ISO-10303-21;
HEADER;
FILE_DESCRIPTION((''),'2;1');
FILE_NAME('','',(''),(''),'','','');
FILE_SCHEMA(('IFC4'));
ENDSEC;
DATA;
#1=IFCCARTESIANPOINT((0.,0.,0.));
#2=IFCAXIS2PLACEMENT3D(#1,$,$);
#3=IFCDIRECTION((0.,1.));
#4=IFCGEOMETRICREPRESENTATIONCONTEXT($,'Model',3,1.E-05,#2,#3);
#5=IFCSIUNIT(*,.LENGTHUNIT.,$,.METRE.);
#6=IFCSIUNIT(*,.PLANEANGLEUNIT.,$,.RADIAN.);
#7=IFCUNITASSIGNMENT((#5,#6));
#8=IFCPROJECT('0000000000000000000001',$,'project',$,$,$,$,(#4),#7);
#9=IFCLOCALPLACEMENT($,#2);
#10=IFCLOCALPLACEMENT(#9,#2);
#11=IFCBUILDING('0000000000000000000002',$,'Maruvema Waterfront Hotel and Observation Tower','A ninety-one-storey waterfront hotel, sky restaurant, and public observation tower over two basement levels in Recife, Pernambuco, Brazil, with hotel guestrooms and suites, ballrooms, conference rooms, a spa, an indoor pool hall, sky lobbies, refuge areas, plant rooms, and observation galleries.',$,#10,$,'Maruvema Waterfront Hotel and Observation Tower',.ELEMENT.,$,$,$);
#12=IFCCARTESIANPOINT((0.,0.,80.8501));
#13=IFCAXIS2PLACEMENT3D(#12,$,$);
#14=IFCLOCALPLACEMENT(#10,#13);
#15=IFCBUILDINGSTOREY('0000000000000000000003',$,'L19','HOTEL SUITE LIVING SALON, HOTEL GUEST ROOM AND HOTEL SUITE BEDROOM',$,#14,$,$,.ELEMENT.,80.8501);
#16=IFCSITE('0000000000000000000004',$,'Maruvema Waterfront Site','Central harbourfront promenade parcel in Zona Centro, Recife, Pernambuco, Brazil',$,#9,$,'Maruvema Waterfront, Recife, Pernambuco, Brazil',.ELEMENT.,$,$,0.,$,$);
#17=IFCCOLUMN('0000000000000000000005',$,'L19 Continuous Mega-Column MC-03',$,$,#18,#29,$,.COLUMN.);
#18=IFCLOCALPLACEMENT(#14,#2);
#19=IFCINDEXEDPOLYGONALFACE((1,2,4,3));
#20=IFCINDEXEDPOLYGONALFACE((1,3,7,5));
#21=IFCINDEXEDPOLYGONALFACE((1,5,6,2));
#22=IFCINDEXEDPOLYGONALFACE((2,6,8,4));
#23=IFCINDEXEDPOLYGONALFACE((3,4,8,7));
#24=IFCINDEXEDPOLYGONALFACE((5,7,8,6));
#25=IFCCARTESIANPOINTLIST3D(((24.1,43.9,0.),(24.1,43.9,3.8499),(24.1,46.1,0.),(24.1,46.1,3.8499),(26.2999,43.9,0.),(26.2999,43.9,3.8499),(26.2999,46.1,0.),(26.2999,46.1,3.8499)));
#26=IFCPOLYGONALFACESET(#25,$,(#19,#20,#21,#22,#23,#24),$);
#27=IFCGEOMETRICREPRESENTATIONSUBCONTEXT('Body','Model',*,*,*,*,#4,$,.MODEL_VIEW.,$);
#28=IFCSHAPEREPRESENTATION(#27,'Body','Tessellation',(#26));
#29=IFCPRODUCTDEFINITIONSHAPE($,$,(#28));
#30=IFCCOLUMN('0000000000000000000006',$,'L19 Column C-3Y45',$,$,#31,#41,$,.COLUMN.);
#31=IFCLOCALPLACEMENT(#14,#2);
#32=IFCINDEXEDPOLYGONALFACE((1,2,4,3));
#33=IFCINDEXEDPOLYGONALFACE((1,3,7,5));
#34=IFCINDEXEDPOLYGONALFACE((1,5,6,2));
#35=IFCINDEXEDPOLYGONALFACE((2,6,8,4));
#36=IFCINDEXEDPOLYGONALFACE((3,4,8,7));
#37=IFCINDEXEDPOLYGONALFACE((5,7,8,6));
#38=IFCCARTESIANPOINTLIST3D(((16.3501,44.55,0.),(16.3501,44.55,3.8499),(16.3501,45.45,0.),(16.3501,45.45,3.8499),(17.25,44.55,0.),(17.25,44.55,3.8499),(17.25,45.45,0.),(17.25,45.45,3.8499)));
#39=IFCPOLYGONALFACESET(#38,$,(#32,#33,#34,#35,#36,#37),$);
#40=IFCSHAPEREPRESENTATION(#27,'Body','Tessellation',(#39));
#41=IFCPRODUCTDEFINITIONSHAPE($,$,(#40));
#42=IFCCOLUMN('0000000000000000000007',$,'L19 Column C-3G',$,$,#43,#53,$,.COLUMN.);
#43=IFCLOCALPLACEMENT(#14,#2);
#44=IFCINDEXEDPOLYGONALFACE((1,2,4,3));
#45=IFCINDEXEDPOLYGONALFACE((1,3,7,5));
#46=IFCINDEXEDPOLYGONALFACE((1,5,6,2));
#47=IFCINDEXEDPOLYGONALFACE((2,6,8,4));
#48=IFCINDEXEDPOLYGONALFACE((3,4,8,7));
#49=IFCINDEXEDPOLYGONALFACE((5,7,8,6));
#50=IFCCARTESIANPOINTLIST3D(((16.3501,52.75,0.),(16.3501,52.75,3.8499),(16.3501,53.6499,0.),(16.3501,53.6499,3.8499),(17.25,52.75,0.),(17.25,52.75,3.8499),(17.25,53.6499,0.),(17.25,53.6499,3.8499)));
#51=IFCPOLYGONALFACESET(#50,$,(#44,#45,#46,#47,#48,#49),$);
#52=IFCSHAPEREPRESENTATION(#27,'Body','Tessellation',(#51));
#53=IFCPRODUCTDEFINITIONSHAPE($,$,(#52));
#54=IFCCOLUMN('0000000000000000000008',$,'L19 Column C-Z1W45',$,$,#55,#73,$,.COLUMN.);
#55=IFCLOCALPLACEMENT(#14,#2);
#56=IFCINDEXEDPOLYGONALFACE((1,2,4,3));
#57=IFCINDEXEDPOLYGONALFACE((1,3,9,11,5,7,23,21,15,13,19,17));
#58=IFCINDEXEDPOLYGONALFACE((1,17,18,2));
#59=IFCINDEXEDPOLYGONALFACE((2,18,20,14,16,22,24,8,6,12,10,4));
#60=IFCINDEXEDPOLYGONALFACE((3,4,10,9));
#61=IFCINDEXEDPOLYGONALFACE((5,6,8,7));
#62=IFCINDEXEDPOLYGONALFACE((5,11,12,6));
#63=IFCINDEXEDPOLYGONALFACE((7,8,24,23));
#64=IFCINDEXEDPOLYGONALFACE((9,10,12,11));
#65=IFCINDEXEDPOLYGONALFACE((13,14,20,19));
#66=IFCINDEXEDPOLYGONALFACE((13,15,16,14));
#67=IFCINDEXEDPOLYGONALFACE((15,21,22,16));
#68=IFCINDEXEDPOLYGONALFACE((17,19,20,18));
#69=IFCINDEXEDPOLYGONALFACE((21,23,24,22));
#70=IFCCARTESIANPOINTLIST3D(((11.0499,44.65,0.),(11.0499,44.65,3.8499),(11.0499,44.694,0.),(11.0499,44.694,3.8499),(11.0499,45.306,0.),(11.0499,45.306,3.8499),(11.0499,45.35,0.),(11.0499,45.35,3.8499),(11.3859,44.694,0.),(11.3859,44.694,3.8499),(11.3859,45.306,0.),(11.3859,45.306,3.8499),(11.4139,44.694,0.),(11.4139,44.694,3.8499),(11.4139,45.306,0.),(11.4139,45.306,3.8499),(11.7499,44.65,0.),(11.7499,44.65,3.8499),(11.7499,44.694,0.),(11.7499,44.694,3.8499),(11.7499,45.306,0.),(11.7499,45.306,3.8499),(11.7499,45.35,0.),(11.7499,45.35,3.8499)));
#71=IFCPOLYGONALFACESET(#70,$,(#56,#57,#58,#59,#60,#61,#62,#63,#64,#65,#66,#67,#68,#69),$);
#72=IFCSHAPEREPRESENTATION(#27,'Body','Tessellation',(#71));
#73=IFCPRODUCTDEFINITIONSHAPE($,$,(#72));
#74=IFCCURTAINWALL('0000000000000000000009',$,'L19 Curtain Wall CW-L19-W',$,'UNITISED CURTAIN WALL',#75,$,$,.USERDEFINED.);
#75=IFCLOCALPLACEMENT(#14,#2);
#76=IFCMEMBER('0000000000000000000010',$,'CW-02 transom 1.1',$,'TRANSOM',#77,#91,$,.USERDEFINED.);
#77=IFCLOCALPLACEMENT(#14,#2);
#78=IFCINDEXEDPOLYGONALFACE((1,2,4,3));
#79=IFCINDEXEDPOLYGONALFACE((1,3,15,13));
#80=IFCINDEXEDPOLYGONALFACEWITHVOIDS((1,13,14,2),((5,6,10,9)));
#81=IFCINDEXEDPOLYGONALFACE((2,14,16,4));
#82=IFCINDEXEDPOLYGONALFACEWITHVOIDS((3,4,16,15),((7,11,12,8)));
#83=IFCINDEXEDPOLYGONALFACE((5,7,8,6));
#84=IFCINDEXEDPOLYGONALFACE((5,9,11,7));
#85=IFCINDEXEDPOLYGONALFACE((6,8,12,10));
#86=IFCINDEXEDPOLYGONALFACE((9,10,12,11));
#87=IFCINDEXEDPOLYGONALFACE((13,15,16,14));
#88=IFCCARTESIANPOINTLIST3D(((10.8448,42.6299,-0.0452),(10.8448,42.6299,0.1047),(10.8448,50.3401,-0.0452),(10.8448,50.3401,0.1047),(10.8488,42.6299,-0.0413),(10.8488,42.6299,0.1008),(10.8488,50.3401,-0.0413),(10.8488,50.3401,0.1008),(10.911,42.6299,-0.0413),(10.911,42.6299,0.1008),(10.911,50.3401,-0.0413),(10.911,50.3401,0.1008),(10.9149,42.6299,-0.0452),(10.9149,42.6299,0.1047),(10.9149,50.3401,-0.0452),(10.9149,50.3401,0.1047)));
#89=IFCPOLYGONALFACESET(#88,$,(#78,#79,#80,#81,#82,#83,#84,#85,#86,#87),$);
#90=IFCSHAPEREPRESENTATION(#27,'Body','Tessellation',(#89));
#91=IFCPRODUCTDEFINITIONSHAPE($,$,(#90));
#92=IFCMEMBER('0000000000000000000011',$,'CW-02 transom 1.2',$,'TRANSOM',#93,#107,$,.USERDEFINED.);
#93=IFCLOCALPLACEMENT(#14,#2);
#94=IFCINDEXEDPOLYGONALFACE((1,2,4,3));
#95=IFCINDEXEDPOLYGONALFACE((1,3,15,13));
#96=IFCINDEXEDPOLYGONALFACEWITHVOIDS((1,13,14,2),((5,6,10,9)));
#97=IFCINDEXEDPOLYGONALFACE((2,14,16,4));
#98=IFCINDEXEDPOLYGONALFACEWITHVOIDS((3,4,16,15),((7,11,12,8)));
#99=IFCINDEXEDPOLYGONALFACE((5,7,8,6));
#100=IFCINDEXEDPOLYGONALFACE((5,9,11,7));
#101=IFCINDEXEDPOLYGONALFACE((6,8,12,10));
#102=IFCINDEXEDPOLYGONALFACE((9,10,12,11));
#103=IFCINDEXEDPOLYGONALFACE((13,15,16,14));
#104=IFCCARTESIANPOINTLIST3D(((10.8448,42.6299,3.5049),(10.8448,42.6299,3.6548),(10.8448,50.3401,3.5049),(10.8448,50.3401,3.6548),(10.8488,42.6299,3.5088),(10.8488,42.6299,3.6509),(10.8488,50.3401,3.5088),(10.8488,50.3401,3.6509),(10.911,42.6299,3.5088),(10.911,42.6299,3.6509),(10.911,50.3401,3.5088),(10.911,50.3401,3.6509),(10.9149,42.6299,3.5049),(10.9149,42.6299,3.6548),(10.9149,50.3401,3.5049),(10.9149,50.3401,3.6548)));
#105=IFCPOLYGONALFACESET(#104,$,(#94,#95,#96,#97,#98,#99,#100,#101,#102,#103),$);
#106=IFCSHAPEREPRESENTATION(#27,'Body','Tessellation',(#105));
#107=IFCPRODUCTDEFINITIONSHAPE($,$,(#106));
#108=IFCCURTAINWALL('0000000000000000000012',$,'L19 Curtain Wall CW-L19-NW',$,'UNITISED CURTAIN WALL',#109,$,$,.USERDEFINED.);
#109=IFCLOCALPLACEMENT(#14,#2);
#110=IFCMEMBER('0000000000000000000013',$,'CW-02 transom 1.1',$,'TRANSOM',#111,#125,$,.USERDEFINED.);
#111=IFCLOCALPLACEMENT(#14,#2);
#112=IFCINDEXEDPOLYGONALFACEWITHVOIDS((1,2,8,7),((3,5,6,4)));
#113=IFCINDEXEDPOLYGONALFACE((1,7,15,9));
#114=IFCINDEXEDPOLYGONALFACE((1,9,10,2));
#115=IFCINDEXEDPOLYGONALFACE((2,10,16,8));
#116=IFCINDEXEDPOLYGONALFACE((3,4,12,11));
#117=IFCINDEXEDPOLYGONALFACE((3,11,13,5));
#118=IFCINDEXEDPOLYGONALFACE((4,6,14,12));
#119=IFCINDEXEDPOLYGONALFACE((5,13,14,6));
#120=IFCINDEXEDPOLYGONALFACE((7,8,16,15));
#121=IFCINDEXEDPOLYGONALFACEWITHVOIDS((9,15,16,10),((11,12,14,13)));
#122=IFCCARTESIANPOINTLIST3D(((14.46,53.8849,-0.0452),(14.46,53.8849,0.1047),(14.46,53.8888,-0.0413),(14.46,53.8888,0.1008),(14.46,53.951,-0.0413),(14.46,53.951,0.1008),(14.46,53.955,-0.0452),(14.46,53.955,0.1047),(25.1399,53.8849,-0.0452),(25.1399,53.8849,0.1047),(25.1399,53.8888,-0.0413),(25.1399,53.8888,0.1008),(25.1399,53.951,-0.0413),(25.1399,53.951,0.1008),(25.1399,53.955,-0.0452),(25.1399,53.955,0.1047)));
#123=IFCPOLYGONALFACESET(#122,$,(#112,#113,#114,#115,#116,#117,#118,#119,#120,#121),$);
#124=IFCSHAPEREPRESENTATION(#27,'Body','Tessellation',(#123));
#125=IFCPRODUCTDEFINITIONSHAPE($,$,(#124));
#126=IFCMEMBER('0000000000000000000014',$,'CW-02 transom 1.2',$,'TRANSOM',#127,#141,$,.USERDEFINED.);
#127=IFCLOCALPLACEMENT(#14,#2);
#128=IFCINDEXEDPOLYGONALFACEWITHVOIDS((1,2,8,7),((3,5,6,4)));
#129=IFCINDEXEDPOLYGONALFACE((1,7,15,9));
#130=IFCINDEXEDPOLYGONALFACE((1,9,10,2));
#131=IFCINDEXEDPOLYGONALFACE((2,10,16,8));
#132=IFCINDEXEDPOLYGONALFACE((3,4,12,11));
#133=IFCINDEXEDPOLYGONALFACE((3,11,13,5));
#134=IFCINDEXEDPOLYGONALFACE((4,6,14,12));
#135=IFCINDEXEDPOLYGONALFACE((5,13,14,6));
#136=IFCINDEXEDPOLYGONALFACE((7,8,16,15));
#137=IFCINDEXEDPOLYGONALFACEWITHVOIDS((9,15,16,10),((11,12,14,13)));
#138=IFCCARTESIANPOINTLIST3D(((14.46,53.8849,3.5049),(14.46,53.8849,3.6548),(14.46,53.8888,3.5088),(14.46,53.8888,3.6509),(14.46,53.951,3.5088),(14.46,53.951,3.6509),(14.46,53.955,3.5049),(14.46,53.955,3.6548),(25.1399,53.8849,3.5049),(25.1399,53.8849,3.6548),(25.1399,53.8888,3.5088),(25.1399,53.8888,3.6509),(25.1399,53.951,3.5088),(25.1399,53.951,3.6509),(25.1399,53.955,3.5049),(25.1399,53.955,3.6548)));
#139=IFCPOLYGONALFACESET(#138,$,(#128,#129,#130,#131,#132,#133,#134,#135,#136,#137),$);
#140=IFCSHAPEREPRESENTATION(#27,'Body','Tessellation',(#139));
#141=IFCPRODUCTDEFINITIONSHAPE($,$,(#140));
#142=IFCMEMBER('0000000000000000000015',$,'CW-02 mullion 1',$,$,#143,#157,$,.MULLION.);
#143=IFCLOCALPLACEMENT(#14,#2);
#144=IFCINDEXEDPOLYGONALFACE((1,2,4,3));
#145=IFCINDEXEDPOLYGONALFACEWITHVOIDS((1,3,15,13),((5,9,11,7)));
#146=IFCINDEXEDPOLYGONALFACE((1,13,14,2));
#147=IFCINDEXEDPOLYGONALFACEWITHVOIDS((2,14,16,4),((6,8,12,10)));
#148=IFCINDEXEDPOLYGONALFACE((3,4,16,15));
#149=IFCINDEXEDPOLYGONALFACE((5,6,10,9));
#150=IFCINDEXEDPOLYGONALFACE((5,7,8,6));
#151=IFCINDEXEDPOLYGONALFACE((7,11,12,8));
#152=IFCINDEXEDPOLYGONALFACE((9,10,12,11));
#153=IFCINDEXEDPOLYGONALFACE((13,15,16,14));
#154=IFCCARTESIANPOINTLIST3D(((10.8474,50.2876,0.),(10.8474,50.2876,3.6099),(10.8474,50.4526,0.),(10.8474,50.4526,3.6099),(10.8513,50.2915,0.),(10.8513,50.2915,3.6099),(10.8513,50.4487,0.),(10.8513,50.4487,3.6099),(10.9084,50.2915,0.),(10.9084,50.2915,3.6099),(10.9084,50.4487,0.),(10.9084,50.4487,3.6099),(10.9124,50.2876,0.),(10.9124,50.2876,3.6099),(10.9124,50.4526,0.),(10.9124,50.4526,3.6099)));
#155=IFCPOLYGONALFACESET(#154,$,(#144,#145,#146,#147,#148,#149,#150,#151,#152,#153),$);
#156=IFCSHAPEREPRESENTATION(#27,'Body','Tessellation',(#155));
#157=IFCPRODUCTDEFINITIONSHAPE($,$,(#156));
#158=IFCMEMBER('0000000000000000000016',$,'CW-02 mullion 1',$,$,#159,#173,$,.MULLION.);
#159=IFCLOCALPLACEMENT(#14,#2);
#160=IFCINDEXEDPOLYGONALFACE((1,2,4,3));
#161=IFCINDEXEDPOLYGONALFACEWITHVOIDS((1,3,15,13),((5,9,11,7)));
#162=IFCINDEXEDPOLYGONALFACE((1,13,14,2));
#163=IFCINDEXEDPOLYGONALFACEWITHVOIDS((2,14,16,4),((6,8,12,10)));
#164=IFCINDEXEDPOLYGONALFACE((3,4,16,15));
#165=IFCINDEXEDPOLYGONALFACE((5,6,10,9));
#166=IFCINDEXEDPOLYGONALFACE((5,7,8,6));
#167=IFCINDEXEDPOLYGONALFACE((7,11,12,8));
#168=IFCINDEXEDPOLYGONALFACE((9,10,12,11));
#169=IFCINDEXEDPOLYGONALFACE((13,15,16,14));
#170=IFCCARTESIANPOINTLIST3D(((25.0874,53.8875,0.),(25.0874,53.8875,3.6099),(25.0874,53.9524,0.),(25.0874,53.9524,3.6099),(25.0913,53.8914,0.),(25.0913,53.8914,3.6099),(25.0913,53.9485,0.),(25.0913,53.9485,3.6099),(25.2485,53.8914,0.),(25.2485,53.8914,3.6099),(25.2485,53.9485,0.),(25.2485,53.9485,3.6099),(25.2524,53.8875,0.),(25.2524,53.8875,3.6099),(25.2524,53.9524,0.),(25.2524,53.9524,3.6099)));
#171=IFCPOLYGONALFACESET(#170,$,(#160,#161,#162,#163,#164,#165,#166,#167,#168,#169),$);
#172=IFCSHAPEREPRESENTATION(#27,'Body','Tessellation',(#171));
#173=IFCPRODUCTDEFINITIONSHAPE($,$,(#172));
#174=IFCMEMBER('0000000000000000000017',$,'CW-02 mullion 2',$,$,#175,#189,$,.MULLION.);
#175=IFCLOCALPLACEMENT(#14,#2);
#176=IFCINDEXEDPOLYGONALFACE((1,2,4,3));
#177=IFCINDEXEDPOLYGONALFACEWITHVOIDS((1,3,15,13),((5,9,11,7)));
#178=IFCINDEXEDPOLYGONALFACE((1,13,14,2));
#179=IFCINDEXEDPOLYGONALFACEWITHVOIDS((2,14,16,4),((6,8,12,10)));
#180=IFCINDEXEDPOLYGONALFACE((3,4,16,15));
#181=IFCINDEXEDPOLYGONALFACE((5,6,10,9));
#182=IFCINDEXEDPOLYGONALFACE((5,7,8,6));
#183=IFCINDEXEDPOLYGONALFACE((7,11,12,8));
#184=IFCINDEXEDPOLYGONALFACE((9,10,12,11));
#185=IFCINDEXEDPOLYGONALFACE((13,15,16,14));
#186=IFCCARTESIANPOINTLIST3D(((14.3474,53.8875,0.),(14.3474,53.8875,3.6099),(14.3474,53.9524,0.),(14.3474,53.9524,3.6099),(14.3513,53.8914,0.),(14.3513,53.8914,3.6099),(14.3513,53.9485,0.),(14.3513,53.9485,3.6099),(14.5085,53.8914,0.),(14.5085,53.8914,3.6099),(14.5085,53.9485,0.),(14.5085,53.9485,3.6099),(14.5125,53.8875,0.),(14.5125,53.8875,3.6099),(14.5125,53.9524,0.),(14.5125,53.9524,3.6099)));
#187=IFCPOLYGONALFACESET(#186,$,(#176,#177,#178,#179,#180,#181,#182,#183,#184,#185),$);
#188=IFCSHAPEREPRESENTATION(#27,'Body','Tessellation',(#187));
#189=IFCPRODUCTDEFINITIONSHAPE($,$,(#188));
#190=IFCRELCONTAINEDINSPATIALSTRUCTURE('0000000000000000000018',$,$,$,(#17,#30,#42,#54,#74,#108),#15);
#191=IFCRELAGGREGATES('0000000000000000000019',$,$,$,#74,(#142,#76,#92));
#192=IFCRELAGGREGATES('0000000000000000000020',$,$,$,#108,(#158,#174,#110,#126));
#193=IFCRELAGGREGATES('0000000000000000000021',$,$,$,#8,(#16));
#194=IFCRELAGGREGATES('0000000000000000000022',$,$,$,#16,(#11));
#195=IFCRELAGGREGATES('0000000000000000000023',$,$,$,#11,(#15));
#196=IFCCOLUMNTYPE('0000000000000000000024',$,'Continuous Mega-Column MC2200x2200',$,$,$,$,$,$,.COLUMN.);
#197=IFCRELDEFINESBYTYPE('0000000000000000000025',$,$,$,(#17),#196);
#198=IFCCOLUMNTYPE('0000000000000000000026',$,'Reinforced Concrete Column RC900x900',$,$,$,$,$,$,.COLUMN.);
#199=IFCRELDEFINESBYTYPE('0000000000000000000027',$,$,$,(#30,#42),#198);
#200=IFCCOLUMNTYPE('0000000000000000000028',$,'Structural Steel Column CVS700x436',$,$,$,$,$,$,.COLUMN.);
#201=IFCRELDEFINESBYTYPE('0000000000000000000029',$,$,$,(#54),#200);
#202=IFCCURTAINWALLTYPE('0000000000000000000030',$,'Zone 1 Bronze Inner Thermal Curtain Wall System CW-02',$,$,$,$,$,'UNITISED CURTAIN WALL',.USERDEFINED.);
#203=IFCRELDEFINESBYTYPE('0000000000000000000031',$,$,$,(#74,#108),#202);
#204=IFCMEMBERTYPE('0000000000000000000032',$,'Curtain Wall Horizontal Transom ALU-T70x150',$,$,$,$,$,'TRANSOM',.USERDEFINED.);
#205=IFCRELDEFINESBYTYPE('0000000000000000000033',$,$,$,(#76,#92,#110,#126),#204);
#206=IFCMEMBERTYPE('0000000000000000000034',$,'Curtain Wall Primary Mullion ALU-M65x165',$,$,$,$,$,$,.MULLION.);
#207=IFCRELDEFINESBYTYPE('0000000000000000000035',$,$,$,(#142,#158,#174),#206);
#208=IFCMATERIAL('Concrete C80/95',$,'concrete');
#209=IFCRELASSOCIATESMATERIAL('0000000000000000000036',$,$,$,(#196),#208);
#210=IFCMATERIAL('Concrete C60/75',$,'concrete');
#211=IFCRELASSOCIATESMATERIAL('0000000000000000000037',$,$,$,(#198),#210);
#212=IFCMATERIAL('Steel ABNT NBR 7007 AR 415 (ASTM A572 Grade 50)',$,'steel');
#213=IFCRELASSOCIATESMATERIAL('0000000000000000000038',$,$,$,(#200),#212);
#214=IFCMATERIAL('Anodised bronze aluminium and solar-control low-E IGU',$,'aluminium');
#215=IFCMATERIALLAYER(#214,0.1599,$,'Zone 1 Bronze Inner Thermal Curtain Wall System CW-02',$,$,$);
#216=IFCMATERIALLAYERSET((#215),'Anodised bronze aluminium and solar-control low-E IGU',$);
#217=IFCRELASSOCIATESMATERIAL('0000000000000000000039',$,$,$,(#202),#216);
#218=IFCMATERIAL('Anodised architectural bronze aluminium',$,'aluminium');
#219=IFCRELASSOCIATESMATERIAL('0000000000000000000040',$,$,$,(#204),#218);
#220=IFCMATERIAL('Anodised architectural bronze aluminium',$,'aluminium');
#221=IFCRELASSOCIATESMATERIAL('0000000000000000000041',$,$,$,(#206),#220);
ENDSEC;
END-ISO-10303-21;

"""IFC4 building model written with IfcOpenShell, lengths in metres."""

from ifc_helpers import new_model, si_unit, direction, frame, origin, origin_2d, place, context, subcontext, project, spatial, rectangle, hollow_rectangle, i_section, extrude, material, layer, layer_set, material_profile, profile_set, type_object, element, aggregate, save


model = new_model("IFC4")

# Units and contexts
model_context = context("Model", 3, precision=1e-05, world=origin(), true_north=direction((0.0, 1.0)))
body_context = subcontext(model_context, "Body", "Model", "MODEL_VIEW")
ifc_project = project(units=[si_unit("LENGTHUNIT", "METRE"), si_unit("PLANEANGLEUNIT", "RADIAN")], contexts=[model_context])

# Site, building, storey
site_placement = place(None, origin())
site = spatial("IfcSite", under=ifc_project, at=site_placement, Name="Maruvema Waterfront Site", Description="Central harbourfront promenade parcel in Zona Centro, Recife, Pernambuco, Brazil", LongName="Maruvema Waterfront, Recife, Pernambuco, Brazil", CompositionType="ELEMENT", RefElevation=0.0)
building_placement = place(site_placement, origin())
building = spatial("IfcBuilding", under=site, at=building_placement, Name="Maruvema Waterfront Hotel and Observation Tower", Description="A ninety-one-storey waterfront hotel, sky restaurant, and public observation tower over two basement levels in Recife, Pernambuco, Brazil, with hotel guestrooms and suites, ballrooms, conference rooms, a spa, an indoor pool hall, sky lobbies, refuge areas, plant rooms, and observation galleries.", LongName="Maruvema Waterfront Hotel and Observation Tower", CompositionType="ELEMENT")
storey_placement = place(building_placement, frame((0.0, 0.0, 80.8501)))
storey = spatial("IfcBuildingStorey", under=building, at=storey_placement, Name="L19", Description="HOTEL SUITE LIVING SALON, HOTEL GUEST ROOM AND HOTEL SUITE BEDROOM", CompositionType="ELEMENT", Elevation=80.8501)

# Columns
ifc_material_1 = material(Name="Concrete C80/95", Category="concrete")
ifc_material_profile_1 = material_profile(ifc_material_1, rectangle(XDim=2.2, YDim=2.2, at=origin_2d()), Name="MC2200x2200")
ifc_profile_set_1 = profile_set([ifc_material_profile_1], Name="Concrete C80/95")
column_type_1 = type_object("IfcColumnType", Name="Continuous Mega-Column MC2200x2200", PredefinedType="COLUMN", material=ifc_profile_set_1)
column_1_placement = place(storey_placement, frame((25.2, 45.0, 0.0), z_axis=(0.0, 0.0, 1.0), x_axis=(1.0, 0.0, 0.0)))
element("IfcColumn", 1, at=column_1_placement, inside=storey, type_object=column_type_1, Name="L19 Continuous Mega-Column MC-03", PredefinedType="COLUMN", context=body_context, shape_type="SweptSolid", body=[
    extrude(rectangle(XDim=2.2, YDim=2.2, at=origin_2d()), origin(), (0.0, 0.0, 1.0), 3.8499),
])
ifc_material_2 = material(Name="Concrete C60/75", Category="concrete")
ifc_material_profile_2 = material_profile(ifc_material_2, rectangle(XDim=0.8999, YDim=0.8999, at=origin_2d()), Name="RC900x900")
ifc_profile_set_2 = profile_set([ifc_material_profile_2], Name="Concrete C60/75")
column_type_2 = type_object("IfcColumnType", Name="Reinforced Concrete Column RC900x900", PredefinedType="COLUMN", material=ifc_profile_set_2)
for number, where, z_axis, x_axis, name in (
    (2, (16.8, 45.0, 0.0), (0.0, 0.0, 1.0), (1.0, 0.0, 0.0), "L19 Column C-3Y45"),
    (3, (16.8, 53.2, 0.0), (0.0, 0.0, 1.0), (1.0, 0.0, 0.0), "L19 Column C-3G"),
):
    element("IfcColumn", number, at=place(storey_placement, frame(where, z_axis=z_axis, x_axis=x_axis)), inside=storey, type_object=column_type_2, Name=name, PredefinedType="COLUMN", context=body_context, shape_type="SweptSolid", body=[
        extrude(rectangle(XDim=0.8999, YDim=0.8999, at=origin_2d()), origin(), (0.0, 0.0, 1.0), 3.8499),
    ])
ifc_material_3 = material(Name="Steel ABNT NBR 7007 AR 415 (ASTM A572 Grade 50)", Category="steel")
ifc_material_profile_3 = material_profile(ifc_material_3, i_section(OverallWidth=0.7, OverallDepth=0.7, WebThickness=0.0281, FlangeThickness=0.0439, at=origin_2d()), Name="CVS700x436")
ifc_profile_set_3 = profile_set([ifc_material_profile_3], Name="Steel ABNT NBR 7007 AR 415 (ASTM A572 Grade 50)")
column_type_3 = type_object("IfcColumnType", Name="Structural Steel Column CVS700x436", PredefinedType="COLUMN", material=ifc_profile_set_3)
column_2_placement = place(storey_placement, frame((11.3999, 45.0, 0.0), z_axis=(0.0, 0.0, 1.0), x_axis=(1.0, 0.0, 0.0)))
element("IfcColumn", 4, at=column_2_placement, inside=storey, type_object=column_type_3, Name="L19 Column C-Z1W45", PredefinedType="COLUMN", context=body_context, shape_type="SweptSolid", body=[
    extrude(i_section(OverallWidth=0.7, OverallDepth=0.7, WebThickness=0.0281, FlangeThickness=0.0439, at=origin_2d()), origin(), (0.0, 0.0, 1.0), 3.8499),
])

# Curtain walls, members
ifc_material_4 = material(Name="Anodised bronze aluminium and solar-control low-E IGU", Category="aluminium")
ifc_layer_1 = layer(ifc_material_4, 0.1599, Name="Zone 1 Bronze Inner Thermal Curtain Wall System CW-02")
ifc_layer_set_1 = layer_set([ifc_layer_1], Name="Anodised bronze aluminium and solar-control low-E IGU")
curtain_wall_type = type_object("IfcCurtainWallType", Name="Zone 1 Bronze Inner Thermal Curtain Wall System CW-02", ElementType="UNITISED CURTAIN WALL", PredefinedType="USERDEFINED", material=ifc_layer_set_1)
curtain_wall_1_placement = place(storey_placement, origin())
curtain_wall_1 = element("IfcCurtainWall", 5, at=curtain_wall_1_placement, inside=storey, type_object=curtain_wall_type, Name="L19 Curtain Wall CW-L19-W", ObjectType="UNITISED CURTAIN WALL", PredefinedType="USERDEFINED")
ifc_material_5 = material(Name="Anodised architectural bronze aluminium", Category="aluminium")
ifc_material_profile_4 = material_profile(ifc_material_5, hollow_rectangle(XDim=0.0701, YDim=0.1499, WallThickness=0.0039, at=origin_2d()), Name="ALU-T70x150")
ifc_profile_set_4 = profile_set([ifc_material_profile_4], Name="Anodised architectural bronze aluminium")
member_type_1 = type_object("IfcMemberType", Name="Curtain Wall Horizontal Transom ALU-T70x150", ElementType="TRANSOM", PredefinedType="USERDEFINED", material=ifc_profile_set_4)
member_1_placement = place(storey_placement, frame((10.8799, 50.3401, 0.0298), z_axis=(0.0, -1.0, 0.0), x_axis=(1.0, 0.0, 0.0)))
member_1 = element("IfcMember", 6, at=member_1_placement, type_object=member_type_1, Name="CW-02 transom 1.1", ObjectType="TRANSOM", PredefinedType="USERDEFINED", context=body_context, shape_type="SweptSolid", body=[
    extrude(hollow_rectangle(XDim=0.0701, YDim=0.1499, WallThickness=0.0039, at=origin_2d()), origin(), (0.0, 0.0, 1.0), 7.7102),
])
member_2_placement = place(storey_placement, frame((10.8799, 50.3401, 3.5798), z_axis=(0.0, -1.0, 0.0), x_axis=(1.0, 0.0, 0.0)))
member_2 = element("IfcMember", 7, at=member_2_placement, type_object=member_type_1, Name="CW-02 transom 1.2", ObjectType="TRANSOM", PredefinedType="USERDEFINED", context=body_context, shape_type="SweptSolid", body=[
    extrude(hollow_rectangle(XDim=0.0701, YDim=0.1499, WallThickness=0.0039, at=origin_2d()), origin(), (0.0, 0.0, 1.0), 7.7102),
])
curtain_wall_2_placement = place(storey_placement, origin())
curtain_wall_2 = element("IfcCurtainWall", 8, at=curtain_wall_2_placement, inside=storey, type_object=curtain_wall_type, Name="L19 Curtain Wall CW-L19-NW", ObjectType="UNITISED CURTAIN WALL", PredefinedType="USERDEFINED")
member_3_placement = place(storey_placement, frame((25.1399, 53.9199, 0.0298), z_axis=(-1.0, 0.0, 0.0), x_axis=(0.0, -1.0, 0.0)))
member_3 = element("IfcMember", 9, at=member_3_placement, type_object=member_type_1, Name="CW-02 transom 1.1", ObjectType="TRANSOM", PredefinedType="USERDEFINED", context=body_context, shape_type="SweptSolid", body=[
    extrude(hollow_rectangle(XDim=0.0701, YDim=0.1499, WallThickness=0.0039, at=origin_2d()), origin(), (0.0, 0.0, 1.0), 10.6799),
])
member_4_placement = place(storey_placement, frame((25.1399, 53.9199, 3.5798), z_axis=(-1.0, 0.0, 0.0), x_axis=(0.0, -1.0, 0.0)))
member_4 = element("IfcMember", 10, at=member_4_placement, type_object=member_type_1, Name="CW-02 transom 1.2", ObjectType="TRANSOM", PredefinedType="USERDEFINED", context=body_context, shape_type="SweptSolid", body=[
    extrude(hollow_rectangle(XDim=0.0701, YDim=0.1499, WallThickness=0.0039, at=origin_2d()), origin(), (0.0, 0.0, 1.0), 10.6799),
])

# Members
ifc_material_6 = material(Name="Anodised architectural bronze aluminium", Category="aluminium")
ifc_material_profile_5 = material_profile(ifc_material_6, hollow_rectangle(XDim=0.0649, YDim=0.165, WallThickness=0.0039, at=origin_2d()), Name="ALU-M65x165")
ifc_profile_set_5 = profile_set([ifc_material_profile_5], Name="Anodised architectural bronze aluminium")
member_type_2 = type_object("IfcMemberType", Name="Curtain Wall Primary Mullion ALU-M65x165", PredefinedType="MULLION", material=ifc_profile_set_5)
member_5_placement = place(storey_placement, frame((10.8799, 50.3701, 0.0), z_axis=(0.0, 0.0, 1.0), x_axis=(1.0, 0.0, 0.0)))
member_5 = element("IfcMember", 11, at=member_5_placement, type_object=member_type_2, Name="CW-02 mullion 1", PredefinedType="MULLION", context=body_context, shape_type="SweptSolid", body=[
    extrude(hollow_rectangle(XDim=0.0649, YDim=0.165, WallThickness=0.0039, at=origin_2d()), origin(), (0.0, 0.0, 1.0), 3.6099),
])
member_6_placement = place(storey_placement, frame((25.1699, 53.9199, 0.0), z_axis=(0.0, 0.0, 1.0), x_axis=(0.0, -1.0, 0.0)))
member_6 = element("IfcMember", 12, at=member_6_placement, type_object=member_type_2, Name="CW-02 mullion 1", PredefinedType="MULLION", context=body_context, shape_type="SweptSolid", body=[
    extrude(hollow_rectangle(XDim=0.0649, YDim=0.165, WallThickness=0.0039, at=origin_2d()), origin(), (0.0, 0.0, 1.0), 3.6099),
])
member_7_placement = place(storey_placement, frame((14.4299, 53.9199, 0.0), z_axis=(0.0, 0.0, 1.0), x_axis=(0.0, -1.0, 0.0)))
member_7 = element("IfcMember", 13, at=member_7_placement, type_object=member_type_2, Name="CW-02 mullion 2", PredefinedType="MULLION", context=body_context, shape_type="SweptSolid", body=[
    extrude(hollow_rectangle(XDim=0.0649, YDim=0.165, WallThickness=0.0039, at=origin_2d()), origin(), (0.0, 0.0, 1.0), 3.6099),
])

aggregate(curtain_wall_1, [member_5, member_1, member_2])
aggregate(curtain_wall_2, [member_6, member_7, member_3, member_4])

save(model, "model.ifc")
